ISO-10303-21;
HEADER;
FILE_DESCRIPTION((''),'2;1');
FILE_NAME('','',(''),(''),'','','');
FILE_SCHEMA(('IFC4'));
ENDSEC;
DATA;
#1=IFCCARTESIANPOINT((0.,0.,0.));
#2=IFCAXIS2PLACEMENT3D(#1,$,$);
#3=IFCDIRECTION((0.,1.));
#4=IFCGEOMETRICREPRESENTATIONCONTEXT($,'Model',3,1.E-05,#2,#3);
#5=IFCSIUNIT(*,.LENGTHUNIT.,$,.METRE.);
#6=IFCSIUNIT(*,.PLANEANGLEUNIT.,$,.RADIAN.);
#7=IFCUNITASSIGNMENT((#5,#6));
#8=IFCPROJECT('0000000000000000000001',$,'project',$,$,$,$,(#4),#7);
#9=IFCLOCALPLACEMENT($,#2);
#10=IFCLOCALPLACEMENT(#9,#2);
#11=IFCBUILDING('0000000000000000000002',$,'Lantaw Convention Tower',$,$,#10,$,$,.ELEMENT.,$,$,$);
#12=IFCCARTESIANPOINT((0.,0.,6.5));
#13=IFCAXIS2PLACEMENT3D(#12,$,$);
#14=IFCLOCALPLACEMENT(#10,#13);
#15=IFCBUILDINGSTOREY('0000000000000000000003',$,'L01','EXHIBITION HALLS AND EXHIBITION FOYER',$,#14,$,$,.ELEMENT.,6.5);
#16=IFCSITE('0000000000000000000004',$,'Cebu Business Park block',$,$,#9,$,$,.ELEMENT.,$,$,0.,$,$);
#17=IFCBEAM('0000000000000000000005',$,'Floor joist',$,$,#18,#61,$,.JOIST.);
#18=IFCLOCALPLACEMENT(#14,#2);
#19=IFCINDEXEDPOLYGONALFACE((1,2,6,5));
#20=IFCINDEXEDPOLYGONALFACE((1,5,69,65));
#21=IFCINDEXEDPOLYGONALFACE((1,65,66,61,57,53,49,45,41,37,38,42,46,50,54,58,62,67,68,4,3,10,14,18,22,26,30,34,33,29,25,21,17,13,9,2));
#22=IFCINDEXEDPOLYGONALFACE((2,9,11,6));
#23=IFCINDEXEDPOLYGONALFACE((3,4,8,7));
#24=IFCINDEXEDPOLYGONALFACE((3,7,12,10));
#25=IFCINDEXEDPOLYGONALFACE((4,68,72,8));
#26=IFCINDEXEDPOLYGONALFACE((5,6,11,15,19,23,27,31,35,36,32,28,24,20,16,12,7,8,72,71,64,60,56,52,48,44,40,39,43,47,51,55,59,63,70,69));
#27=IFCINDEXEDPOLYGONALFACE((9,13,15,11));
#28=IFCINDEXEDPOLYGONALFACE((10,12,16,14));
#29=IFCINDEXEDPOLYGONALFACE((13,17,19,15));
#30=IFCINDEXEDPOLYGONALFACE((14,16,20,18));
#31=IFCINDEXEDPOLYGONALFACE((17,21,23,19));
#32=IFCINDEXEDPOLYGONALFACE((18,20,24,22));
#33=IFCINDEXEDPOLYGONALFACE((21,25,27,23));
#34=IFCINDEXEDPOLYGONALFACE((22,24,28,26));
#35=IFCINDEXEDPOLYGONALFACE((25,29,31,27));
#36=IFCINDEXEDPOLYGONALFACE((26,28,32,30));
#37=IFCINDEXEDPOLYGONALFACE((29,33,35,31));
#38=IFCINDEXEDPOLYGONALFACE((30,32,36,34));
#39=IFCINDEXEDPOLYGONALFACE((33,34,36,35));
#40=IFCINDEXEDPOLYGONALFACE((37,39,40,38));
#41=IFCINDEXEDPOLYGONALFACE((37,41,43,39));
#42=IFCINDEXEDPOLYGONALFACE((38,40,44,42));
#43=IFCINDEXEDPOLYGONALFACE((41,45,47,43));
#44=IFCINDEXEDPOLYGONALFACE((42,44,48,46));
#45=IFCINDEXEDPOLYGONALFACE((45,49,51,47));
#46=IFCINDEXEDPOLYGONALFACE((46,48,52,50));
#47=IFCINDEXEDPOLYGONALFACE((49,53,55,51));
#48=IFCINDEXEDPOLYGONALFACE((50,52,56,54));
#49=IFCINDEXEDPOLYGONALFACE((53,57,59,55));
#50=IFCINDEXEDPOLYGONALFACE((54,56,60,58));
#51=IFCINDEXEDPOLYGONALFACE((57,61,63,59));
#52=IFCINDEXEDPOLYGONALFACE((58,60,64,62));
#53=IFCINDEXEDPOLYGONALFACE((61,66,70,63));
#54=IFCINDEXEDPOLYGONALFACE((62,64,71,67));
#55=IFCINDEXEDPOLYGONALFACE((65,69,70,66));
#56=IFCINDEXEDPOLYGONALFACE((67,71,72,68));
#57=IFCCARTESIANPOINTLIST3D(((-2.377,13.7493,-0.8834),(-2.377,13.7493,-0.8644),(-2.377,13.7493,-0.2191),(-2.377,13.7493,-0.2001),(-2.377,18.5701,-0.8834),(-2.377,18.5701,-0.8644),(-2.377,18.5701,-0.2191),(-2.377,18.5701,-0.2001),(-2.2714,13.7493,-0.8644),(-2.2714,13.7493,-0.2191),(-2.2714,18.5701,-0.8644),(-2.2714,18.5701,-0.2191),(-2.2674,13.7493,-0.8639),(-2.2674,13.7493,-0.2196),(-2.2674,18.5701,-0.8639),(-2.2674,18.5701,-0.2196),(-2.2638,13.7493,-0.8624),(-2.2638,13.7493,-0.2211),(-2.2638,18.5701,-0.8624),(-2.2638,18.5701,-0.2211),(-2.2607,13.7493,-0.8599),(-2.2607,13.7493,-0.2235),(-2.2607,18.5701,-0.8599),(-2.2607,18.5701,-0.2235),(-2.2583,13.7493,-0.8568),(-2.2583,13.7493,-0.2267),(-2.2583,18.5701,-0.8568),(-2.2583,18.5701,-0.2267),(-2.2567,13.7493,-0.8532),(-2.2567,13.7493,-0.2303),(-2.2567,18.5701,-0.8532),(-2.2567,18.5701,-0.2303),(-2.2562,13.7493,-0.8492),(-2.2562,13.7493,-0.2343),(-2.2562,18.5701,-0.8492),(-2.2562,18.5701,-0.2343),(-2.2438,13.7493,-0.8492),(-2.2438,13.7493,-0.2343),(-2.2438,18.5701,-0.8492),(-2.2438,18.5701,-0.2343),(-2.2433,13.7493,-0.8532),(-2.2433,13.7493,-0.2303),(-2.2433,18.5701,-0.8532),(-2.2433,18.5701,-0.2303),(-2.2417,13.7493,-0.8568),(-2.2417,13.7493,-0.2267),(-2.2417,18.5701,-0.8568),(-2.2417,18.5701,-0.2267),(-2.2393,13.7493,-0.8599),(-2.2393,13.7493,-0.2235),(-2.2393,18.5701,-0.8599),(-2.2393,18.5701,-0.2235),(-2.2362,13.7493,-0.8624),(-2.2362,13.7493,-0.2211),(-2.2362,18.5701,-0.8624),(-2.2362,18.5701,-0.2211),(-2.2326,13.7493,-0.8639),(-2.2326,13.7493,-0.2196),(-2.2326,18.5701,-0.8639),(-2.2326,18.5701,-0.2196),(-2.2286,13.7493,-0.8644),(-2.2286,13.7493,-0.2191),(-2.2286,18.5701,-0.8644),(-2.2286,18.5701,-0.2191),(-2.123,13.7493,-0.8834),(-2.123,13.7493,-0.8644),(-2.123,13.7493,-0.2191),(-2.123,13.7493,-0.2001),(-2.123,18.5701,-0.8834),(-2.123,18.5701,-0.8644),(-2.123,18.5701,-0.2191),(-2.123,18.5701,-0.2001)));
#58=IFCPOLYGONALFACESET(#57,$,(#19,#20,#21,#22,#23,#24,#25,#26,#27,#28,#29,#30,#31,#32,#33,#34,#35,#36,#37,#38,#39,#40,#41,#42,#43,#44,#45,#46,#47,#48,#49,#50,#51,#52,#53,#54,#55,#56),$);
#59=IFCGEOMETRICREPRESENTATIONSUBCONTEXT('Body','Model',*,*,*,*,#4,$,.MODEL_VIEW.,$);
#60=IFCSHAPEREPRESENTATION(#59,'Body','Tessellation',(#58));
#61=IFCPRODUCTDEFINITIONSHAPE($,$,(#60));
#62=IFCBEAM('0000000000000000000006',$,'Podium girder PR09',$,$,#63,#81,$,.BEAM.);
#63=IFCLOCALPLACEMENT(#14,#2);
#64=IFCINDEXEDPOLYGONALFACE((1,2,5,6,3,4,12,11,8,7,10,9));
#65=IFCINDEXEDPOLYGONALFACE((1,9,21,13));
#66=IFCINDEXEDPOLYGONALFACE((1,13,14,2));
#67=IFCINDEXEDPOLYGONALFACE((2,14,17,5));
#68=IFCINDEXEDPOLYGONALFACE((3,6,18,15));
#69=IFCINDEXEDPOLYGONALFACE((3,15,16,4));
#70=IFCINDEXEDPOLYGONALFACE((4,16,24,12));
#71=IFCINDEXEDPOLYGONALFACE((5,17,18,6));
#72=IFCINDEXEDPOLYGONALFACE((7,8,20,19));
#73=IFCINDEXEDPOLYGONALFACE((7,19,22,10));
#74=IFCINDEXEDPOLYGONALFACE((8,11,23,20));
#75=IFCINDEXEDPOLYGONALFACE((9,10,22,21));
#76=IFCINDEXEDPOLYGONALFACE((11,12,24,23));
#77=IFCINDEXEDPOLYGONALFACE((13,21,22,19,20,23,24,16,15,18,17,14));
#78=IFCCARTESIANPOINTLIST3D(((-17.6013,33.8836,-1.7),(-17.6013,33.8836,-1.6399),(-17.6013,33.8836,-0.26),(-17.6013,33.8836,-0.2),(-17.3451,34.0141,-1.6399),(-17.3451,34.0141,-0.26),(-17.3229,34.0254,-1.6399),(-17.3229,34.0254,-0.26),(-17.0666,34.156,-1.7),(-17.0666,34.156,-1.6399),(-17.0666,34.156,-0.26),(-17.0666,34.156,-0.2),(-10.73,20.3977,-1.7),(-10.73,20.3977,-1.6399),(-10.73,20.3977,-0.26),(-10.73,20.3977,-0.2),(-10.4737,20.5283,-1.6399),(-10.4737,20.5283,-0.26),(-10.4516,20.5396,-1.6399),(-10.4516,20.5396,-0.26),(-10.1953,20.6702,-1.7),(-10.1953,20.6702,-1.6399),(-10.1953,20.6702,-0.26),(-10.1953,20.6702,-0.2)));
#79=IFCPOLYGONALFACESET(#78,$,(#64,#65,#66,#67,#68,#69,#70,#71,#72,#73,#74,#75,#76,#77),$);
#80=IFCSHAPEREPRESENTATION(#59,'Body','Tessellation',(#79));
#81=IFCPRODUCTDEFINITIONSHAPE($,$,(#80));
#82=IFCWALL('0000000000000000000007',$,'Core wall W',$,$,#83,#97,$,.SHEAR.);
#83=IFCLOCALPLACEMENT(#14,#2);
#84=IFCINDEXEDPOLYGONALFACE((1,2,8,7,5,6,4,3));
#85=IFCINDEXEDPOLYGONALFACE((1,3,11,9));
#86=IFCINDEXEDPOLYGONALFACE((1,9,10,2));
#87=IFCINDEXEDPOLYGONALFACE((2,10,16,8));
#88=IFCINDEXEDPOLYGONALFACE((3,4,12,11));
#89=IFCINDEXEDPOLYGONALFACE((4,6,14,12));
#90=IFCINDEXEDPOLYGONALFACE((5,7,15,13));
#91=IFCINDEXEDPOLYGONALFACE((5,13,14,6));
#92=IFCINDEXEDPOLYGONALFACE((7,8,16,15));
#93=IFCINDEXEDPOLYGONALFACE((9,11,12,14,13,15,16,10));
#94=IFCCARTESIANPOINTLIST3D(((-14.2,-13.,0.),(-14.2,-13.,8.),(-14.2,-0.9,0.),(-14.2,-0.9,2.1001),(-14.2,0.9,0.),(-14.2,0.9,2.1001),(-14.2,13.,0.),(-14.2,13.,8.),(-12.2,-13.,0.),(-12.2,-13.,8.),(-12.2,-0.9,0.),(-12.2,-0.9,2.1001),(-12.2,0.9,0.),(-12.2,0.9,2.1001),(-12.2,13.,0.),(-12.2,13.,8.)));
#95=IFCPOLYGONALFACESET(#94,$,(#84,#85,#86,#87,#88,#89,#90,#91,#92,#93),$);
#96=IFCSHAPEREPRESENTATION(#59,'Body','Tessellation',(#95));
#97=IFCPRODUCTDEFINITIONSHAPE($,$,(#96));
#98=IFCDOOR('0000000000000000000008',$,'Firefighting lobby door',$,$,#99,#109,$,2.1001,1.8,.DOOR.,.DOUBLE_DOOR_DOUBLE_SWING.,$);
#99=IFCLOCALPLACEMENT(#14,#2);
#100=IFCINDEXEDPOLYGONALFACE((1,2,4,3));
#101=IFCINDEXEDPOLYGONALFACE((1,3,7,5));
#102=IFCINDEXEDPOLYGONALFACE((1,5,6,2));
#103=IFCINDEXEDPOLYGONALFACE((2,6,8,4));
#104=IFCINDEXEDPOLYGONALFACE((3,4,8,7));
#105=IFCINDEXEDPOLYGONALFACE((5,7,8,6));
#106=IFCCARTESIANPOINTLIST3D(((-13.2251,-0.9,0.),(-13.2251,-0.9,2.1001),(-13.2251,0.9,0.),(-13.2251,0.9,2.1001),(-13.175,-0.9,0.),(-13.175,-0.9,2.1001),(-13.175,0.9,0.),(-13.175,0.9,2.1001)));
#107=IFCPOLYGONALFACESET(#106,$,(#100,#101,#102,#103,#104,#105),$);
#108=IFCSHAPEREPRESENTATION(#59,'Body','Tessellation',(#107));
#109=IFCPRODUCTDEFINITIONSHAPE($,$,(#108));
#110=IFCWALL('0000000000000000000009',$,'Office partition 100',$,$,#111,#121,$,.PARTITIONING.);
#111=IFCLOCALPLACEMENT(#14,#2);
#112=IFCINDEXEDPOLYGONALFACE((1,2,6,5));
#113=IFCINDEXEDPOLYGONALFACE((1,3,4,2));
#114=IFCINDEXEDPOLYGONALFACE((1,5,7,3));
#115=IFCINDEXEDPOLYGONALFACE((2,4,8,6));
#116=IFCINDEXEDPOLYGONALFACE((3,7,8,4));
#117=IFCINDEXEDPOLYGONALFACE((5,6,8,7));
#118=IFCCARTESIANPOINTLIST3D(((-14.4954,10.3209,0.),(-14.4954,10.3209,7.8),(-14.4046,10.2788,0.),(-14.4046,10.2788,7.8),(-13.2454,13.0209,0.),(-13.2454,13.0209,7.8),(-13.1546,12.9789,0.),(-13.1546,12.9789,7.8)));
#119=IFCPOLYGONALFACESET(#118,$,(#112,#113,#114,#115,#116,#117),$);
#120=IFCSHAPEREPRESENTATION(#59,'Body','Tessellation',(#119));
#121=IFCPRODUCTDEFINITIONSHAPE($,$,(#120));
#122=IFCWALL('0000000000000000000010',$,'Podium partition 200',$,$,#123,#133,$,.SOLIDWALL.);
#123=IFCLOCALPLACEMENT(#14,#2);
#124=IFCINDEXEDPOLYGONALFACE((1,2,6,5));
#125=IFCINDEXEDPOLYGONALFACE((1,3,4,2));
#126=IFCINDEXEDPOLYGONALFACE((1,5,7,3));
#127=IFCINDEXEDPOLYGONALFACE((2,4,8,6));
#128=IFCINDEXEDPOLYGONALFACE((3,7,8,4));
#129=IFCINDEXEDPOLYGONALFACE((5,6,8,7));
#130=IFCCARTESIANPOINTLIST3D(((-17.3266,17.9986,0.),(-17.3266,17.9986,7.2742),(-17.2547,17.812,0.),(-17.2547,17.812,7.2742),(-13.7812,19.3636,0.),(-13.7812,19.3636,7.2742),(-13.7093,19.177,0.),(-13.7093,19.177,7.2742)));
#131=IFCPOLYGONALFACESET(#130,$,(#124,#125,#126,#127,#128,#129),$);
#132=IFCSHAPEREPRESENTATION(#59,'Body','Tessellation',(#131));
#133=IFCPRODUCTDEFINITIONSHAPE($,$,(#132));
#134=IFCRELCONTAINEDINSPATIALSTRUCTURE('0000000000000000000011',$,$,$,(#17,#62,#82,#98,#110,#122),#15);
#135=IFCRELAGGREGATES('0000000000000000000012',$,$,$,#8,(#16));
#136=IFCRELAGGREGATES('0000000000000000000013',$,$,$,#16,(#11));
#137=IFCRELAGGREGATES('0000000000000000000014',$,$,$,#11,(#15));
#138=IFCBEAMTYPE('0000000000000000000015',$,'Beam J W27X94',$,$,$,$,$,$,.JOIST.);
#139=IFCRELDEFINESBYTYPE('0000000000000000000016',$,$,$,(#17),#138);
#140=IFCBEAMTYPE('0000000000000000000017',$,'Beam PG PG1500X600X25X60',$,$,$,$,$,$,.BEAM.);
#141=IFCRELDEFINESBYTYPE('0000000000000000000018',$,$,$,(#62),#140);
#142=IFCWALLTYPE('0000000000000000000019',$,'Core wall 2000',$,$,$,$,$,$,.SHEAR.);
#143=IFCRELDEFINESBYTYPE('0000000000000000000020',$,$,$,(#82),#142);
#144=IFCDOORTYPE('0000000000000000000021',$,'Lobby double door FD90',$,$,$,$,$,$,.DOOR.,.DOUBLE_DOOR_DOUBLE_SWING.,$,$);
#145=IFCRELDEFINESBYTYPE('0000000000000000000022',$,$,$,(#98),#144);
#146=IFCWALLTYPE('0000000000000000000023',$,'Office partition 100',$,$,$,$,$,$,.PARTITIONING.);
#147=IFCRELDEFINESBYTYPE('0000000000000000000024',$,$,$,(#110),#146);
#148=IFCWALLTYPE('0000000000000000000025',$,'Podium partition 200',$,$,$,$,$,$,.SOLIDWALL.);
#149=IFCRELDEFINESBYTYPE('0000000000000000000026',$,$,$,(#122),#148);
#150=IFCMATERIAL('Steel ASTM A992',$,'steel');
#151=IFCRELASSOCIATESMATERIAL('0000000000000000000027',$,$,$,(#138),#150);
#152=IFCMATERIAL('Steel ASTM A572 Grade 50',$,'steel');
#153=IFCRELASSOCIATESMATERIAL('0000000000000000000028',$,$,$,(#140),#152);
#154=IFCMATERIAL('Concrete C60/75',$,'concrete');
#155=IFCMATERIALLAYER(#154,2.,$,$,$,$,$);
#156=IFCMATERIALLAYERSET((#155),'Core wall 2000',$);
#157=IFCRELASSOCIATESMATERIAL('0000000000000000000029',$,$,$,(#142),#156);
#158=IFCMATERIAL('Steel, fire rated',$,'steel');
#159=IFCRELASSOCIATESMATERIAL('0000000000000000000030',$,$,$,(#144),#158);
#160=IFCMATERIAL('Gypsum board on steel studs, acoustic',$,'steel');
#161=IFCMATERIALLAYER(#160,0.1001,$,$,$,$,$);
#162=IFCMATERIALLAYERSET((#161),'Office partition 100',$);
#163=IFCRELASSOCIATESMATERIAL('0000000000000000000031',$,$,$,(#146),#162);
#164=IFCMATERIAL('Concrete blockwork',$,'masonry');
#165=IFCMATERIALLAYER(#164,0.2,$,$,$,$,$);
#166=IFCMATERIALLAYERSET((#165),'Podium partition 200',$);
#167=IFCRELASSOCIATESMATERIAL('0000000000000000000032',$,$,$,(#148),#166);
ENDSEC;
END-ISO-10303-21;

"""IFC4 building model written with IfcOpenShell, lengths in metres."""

from ifc_helpers import new_model, si_unit, direction, frame, frame_2d, origin, origin_2d, place, context, subcontext, project, spatial, rectangle, i_section, extrude, material, layer, layer_set, material_profile, profile_set, type_object, element, fill, save


model = new_model("IFC4")

# Units and contexts
model_context = context("Model", 3, precision=1e-05, world=origin(), true_north=direction((0.0, 1.0)))
body_context = subcontext(model_context, "Body", "Model", "MODEL_VIEW")
ifc_project = project(units=[si_unit("LENGTHUNIT", "METRE"), si_unit("PLANEANGLEUNIT", "RADIAN")], contexts=[model_context])

# Site, building, storey
site_placement = place(None, origin())
site = spatial("IfcSite", under=ifc_project, at=site_placement, Name="Cebu Business Park block", CompositionType="ELEMENT", RefElevation=0.0)
building_placement = place(site_placement, origin())
building = spatial("IfcBuilding", under=site, at=building_placement, Name="Lantaw Convention Tower", CompositionType="ELEMENT")
storey_placement = place(building_placement, frame((0.0, 0.0, 6.5)))
storey = spatial("IfcBuildingStorey", under=building, at=storey_placement, Name="L01", Description="EXHIBITION HALLS AND EXHIBITION FOYER", CompositionType="ELEMENT", Elevation=6.5)

# Shared definitions
ifc_material_1 = material(Name="Concrete C60/75", Category="concrete")
ifc_material_2 = material(Name="Steel ASTM A572 Grade 50", Category="steel")

# Beams
ifc_material_3 = material(Name="Steel ASTM A992", Category="steel")
ifc_material_profile_1 = material_profile(ifc_material_3, i_section(OverallWidth=0.2539, OverallDepth=0.6833, WebThickness=0.0125, FlangeThickness=0.019, FilletRadius=0.0151, at=origin_2d()), Name="W27X94")
ifc_profile_set_1 = profile_set([ifc_material_profile_1], Name="Steel ASTM A992")
beam_type_1 = type_object("IfcBeamType", Name="Beam J W27X94", PredefinedType="JOIST", material=ifc_profile_set_1)
beam_1_placement = place(storey_placement, frame((-2.25, 13.7493, -0.5417), z_axis=(0.0, 1.0, 0.0), x_axis=(-1.0, 0.0, 0.0)))
element("IfcBeam", 1, at=beam_1_placement, inside=storey, type_object=beam_type_1, Name="Floor joist", PredefinedType="JOIST", context=body_context, shape_type="SweptSolid", body=[
    extrude(i_section(OverallWidth=0.2539, OverallDepth=0.6833, WebThickness=0.0125, FlangeThickness=0.019, FilletRadius=0.0151, at=origin_2d()), origin(), (0.0, 0.0, 1.0), 4.8208),
])
ifc_material_profile_2 = material_profile(ifc_material_2, i_section(OverallWidth=0.6001, OverallDepth=1.5, WebThickness=0.0249, FlangeThickness=0.0601, at=origin_2d()), Name="PG1500X600X25X60")
ifc_profile_set_2 = profile_set([ifc_material_profile_2], Name="Steel ASTM A572 Grade 50")
beam_type_2 = type_object("IfcBeamType", Name="Beam PG PG1500X600X25X60", PredefinedType="BEAM", material=ifc_profile_set_2)
beam_2_placement = place(storey_placement, frame((-10.4626, 20.5339, -0.95), z_axis=(-0.453988, 0.891008, 0.0), x_axis=(-0.891008, -0.453988, 0.0)))
element("IfcBeam", 2, at=beam_2_placement, inside=storey, type_object=beam_type_2, Name="Podium girder PR09", PredefinedType="BEAM", context=body_context, shape_type="SweptSolid", body=[
    extrude(i_section(OverallWidth=0.6001, OverallDepth=1.5, WebThickness=0.0249, FlangeThickness=0.0601, at=origin_2d()), origin(), (0.0, 0.0, 1.0), 15.1355),
])

# Wall, opening, door
ifc_layer_1 = layer(ifc_material_1, 2.0)
ifc_layer_set_1 = layer_set([ifc_layer_1], Name="Core wall 2000")
wall_type_1 = type_object("IfcWallType", Name="Core wall 2000", PredefinedType="SHEAR", material=ifc_layer_set_1)
wall_1_placement = place(storey_placement, frame((-13.2, 13.0, 0.0), z_axis=(0.0, 0.0, 1.0), x_axis=(0.0, -1.0, 0.0)))
wall_1 = element("IfcWall", 3, at=wall_1_placement, inside=storey, type_object=wall_type_1, Name="Core wall W", PredefinedType="SHEAR", context=body_context, shape_type="SweptSolid", body=[
    extrude(rectangle(XDim=26.0, YDim=2.0, at=frame_2d((13.0, 0.0))), origin(), (0.0, 0.0, 1.0), 8.0),
])
opening_1_placement = place(wall_1_placement, frame((12.1001, 0.0, 0.0)))
opening_1 = element("IfcOpeningElement", 4, at=opening_1_placement, cuts=wall_1, PredefinedType="OPENING", context=body_context, shape_type="SweptSolid", body=[
    extrude(rectangle(XDim=1.8, YDim=2.1001, at=frame_2d((0.8999, 1.05))), frame((0.0, 1.01, 0.0), z_axis=(0.0, -1.0, 0.0), x_axis=(1.0, 0.0, 0.0)), (0.0, 0.0, 1.0), 2.02),
])
ifc_material_4 = material(Name="Steel, fire rated", Category="steel")
door_type_1 = type_object("IfcDoorType", Name="Lobby double door FD90", OperationType="DOUBLE_DOOR_DOUBLE_SWING", PredefinedType="DOOR", material=ifc_material_4)
door_1_placement = place(opening_1_placement, origin())
door_1 = element("IfcDoor", 5, at=door_1_placement, inside=storey, type_object=door_type_1, Name="Firefighting lobby door", OperationType="DOUBLE_DOOR_DOUBLE_SWING", OverallHeight=2.1001, OverallWidth=1.8, PredefinedType="DOOR", context=body_context, shape_type="SweptSolid", body=[
    extrude(rectangle(XDim=1.8, YDim=2.1001, at=frame_2d((0.8999, 1.05))), frame((0.0, 0.0249, 0.0), z_axis=(0.0, -1.0, 0.0), x_axis=(1.0, 0.0, 0.0)), (0.0, 0.0, 1.0), 0.05),
])
fill(opening_1, door_1)

# Walls
ifc_material_5 = material(Name="Gypsum board on steel studs, acoustic", Category="steel")
ifc_layer_2 = layer(ifc_material_5, 0.1001)
ifc_layer_set_2 = layer_set([ifc_layer_2], Name="Office partition 100")
wall_type_2 = type_object("IfcWallType", Name="Office partition 100", PredefinedType="PARTITIONING", material=ifc_layer_set_2)
wall_2_placement = place(storey_placement, frame((-13.2, 13.0, 0.0), z_axis=(0.0, 0.0, 1.0), x_axis=(-0.42013, -0.907464, 0.0)))
element("IfcWall", 6, at=wall_2_placement, inside=storey, type_object=wall_type_2, Name="Office partition 100", PredefinedType="PARTITIONING", context=body_context, shape_type="SweptSolid", body=[
    extrude(rectangle(XDim=2.9753, YDim=0.1001, at=frame_2d((1.4878, 0.0))), origin(), (0.0, 0.0, 1.0), 7.8),
])
ifc_material_6 = material(Name="Concrete blockwork", Category="masonry")
ifc_layer_3 = layer(ifc_material_6, 0.2)
ifc_layer_set_3 = layer_set([ifc_layer_3], Name="Podium partition 200")
wall_type_3 = type_object("IfcWallType", Name="Podium partition 200", PredefinedType="SOLIDWALL", material=ifc_layer_set_3)
wall_3_placement = place(storey_placement, frame((-13.7454, 19.2703, 0.0), z_axis=(0.0, 0.0, 1.0), x_axis=(-0.933225, -0.359293, 0.0)))
element("IfcWall", 7, at=wall_3_placement, inside=storey, type_object=wall_type_3, Name="Podium partition 200", PredefinedType="SOLIDWALL", context=body_context, shape_type="SweptSolid", body=[
    extrude(rectangle(XDim=3.7991, YDim=0.2, at=frame_2d((1.8994, 0.0))), origin(), (0.0, 0.0, 1.0), 7.2742),
])

save(model, "model.ifc")
